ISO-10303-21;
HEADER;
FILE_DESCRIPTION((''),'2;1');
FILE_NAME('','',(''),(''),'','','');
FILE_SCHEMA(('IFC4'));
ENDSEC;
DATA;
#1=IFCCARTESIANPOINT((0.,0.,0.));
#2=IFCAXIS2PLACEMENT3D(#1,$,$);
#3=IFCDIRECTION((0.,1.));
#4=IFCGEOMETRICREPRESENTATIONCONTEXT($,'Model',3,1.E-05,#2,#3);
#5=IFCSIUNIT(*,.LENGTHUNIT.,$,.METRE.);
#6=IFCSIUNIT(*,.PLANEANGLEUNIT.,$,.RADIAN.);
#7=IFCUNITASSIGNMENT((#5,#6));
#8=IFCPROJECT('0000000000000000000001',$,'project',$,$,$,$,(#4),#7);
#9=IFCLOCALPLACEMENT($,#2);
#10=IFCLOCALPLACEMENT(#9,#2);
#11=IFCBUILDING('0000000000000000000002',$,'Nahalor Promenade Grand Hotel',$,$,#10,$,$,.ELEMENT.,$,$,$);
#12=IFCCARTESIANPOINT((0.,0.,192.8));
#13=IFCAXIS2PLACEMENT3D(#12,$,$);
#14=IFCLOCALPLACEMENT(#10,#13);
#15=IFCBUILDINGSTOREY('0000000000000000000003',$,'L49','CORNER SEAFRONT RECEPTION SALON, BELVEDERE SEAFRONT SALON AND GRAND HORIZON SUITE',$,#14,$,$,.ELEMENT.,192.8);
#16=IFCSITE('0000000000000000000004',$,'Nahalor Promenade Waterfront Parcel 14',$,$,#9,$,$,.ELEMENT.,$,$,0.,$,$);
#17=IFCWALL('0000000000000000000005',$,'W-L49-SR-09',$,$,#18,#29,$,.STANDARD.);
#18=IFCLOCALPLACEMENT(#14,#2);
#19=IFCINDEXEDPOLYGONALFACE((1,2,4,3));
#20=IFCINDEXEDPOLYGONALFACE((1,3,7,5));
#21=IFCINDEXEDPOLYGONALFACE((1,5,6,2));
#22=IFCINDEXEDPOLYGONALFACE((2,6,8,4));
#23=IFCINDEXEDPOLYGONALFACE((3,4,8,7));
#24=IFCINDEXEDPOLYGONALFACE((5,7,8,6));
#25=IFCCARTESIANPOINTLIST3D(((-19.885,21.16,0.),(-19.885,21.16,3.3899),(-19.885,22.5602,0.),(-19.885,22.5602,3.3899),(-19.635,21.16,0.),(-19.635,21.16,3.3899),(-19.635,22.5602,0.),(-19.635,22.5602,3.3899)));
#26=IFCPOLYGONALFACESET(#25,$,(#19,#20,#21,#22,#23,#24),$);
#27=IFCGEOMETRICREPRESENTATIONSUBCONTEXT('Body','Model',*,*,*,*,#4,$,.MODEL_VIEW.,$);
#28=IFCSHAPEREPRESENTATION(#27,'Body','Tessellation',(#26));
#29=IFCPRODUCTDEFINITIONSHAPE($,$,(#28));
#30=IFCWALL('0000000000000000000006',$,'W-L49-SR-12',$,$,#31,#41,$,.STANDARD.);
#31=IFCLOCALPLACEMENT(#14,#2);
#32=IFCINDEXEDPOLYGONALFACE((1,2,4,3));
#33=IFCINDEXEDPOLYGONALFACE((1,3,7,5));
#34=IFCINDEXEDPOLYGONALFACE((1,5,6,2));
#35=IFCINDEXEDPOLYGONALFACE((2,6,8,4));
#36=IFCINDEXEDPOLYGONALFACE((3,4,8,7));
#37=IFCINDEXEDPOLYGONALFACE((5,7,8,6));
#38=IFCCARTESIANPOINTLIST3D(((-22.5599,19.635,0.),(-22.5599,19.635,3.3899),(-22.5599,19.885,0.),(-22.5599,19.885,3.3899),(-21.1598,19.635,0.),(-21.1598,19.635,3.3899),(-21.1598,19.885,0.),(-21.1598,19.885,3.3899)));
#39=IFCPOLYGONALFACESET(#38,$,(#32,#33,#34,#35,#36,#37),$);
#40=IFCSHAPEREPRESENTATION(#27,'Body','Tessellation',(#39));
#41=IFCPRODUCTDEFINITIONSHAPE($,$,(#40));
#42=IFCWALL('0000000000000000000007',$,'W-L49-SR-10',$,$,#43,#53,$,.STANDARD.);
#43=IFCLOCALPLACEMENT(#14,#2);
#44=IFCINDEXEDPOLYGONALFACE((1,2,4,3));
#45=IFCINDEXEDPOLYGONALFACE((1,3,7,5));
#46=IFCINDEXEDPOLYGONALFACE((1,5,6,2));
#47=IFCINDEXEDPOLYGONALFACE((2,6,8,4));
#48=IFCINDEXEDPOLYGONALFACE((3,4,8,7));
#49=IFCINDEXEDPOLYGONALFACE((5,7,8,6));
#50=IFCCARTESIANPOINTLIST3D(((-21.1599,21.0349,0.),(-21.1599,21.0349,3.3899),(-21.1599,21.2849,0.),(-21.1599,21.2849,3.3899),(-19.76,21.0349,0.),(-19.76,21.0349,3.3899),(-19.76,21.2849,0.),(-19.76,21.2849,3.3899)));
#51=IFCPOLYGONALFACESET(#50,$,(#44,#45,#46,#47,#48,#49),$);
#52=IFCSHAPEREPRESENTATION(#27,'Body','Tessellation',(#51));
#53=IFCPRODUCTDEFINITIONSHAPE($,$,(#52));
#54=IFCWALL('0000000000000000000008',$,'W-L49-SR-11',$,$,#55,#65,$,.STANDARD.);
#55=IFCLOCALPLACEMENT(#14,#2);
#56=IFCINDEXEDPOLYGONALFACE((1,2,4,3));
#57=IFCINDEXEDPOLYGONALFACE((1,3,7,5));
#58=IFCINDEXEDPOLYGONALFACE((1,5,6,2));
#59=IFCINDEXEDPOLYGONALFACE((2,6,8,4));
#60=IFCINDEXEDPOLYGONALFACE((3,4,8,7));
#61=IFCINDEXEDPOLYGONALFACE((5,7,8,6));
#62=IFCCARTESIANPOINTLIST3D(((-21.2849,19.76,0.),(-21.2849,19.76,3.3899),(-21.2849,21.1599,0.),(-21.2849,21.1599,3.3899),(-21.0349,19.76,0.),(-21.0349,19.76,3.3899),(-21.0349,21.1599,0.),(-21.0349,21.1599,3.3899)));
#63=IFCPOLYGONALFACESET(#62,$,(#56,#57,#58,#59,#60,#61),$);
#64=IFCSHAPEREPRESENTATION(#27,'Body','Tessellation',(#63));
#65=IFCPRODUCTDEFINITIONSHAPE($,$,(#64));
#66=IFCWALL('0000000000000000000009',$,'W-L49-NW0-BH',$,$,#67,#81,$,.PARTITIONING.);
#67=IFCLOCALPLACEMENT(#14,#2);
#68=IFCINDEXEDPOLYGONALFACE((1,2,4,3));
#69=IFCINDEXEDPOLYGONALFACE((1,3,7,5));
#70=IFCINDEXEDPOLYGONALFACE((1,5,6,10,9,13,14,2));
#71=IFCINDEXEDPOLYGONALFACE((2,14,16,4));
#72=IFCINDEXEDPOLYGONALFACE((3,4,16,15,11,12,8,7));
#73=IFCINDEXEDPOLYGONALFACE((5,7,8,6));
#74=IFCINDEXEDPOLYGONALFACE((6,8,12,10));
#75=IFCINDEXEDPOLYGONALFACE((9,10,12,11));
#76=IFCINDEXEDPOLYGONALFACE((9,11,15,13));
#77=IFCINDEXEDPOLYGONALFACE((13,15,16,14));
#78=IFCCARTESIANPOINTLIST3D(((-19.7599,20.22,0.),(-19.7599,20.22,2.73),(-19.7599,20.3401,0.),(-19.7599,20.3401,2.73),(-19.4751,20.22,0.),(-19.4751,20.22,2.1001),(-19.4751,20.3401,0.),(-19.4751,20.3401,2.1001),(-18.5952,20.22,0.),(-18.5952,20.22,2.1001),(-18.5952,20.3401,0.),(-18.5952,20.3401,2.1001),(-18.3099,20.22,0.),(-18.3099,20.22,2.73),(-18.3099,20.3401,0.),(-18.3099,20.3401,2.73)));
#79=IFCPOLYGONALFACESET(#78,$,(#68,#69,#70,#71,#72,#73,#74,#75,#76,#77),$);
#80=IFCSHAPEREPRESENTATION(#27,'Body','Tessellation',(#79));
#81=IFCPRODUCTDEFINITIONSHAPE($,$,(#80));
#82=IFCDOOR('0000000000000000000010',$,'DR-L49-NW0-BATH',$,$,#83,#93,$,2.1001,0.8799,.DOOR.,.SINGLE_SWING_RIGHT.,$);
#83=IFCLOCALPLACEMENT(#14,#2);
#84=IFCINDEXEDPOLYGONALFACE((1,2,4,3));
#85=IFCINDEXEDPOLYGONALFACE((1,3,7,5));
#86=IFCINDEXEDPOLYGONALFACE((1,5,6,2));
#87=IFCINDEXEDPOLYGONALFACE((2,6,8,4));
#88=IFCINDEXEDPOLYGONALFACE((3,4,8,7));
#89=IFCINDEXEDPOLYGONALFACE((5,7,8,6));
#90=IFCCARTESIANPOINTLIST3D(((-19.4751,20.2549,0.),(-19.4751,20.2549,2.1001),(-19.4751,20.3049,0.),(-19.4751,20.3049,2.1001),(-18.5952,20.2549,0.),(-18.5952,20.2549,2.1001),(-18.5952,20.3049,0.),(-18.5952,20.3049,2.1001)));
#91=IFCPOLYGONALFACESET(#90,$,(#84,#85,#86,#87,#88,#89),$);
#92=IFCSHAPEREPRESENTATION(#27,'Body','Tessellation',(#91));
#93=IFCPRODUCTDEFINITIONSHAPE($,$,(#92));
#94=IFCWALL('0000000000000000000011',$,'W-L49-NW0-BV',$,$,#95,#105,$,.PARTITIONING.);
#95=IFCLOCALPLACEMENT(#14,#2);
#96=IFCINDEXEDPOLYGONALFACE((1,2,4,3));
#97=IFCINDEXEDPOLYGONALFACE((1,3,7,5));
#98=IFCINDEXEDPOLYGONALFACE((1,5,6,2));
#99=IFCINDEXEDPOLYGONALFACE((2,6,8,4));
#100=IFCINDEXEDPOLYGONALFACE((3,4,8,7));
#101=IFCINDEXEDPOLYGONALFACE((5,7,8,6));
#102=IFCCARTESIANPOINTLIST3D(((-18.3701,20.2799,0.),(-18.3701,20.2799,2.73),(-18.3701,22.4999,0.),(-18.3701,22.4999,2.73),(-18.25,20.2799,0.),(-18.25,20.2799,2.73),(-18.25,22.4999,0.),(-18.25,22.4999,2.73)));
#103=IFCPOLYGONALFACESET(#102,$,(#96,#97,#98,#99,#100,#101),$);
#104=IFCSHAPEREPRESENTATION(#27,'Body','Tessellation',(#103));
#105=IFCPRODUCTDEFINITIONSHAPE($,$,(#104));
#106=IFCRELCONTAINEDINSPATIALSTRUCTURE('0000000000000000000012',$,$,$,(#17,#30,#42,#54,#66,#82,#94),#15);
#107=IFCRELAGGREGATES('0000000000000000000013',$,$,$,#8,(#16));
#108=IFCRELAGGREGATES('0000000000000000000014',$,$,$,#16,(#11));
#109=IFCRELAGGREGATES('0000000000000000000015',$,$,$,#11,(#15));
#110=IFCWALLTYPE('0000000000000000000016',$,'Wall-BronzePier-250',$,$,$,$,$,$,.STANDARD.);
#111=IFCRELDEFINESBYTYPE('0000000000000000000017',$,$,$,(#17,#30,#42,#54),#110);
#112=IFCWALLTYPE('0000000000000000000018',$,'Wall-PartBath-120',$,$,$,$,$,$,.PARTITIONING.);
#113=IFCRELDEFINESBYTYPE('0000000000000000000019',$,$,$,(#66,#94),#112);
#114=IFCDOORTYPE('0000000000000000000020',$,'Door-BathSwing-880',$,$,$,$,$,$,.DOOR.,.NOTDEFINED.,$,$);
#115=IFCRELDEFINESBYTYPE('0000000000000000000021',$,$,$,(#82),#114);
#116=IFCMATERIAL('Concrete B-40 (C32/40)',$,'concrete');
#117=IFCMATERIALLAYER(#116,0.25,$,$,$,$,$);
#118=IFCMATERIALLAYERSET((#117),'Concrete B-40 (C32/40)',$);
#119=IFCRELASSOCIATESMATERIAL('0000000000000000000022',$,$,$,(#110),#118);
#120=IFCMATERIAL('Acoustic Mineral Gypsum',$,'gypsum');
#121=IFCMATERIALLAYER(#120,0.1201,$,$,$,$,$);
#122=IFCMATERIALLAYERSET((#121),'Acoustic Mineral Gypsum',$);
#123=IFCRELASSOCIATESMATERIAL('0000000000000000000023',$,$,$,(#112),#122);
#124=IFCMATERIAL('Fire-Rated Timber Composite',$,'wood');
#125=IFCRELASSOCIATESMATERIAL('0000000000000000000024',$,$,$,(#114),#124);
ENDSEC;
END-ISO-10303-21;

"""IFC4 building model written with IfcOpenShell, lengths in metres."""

from ifc_helpers import new_model, si_unit, direction, frame, frame_2d, origin, place, context, subcontext, project, spatial, rectangle, extrude, source, transform, mapped, material, layer, layer_set, type_object, element, fill, save


model = new_model("IFC4")

# Units and contexts
model_context = context("Model", 3, precision=1e-05, world=origin(), true_north=direction((0.0, 1.0)))
body_context = subcontext(model_context, "Body", "Model", "MODEL_VIEW")
ifc_project = project(units=[si_unit("LENGTHUNIT", "METRE"), si_unit("PLANEANGLEUNIT", "RADIAN")], contexts=[model_context])

# Site, building, storey
site_placement = place(None, origin())
site = spatial("IfcSite", under=ifc_project, at=site_placement, Name="Nahalor Promenade Waterfront Parcel 14", CompositionType="ELEMENT", RefElevation=0.0)
building_placement = place(site_placement, origin())
building = spatial("IfcBuilding", under=site, at=building_placement, Name="Nahalor Promenade Grand Hotel", CompositionType="ELEMENT")
storey_placement = place(building_placement, frame((0.0, 0.0, 192.8)))
storey = spatial("IfcBuildingStorey", under=building, at=storey_placement, Name="L49", Description="CORNER SEAFRONT RECEPTION SALON, BELVEDERE SEAFRONT SALON AND GRAND HORIZON SUITE", CompositionType="ELEMENT", Elevation=192.8)

# Walls
ifc_material_1 = material(Name="Concrete B-40 (C32/40)", Category="concrete")
ifc_layer_1 = layer(ifc_material_1, 0.25)
ifc_layer_set_1 = layer_set([ifc_layer_1], Name="Concrete B-40 (C32/40)")
wall_type_1 = type_object("IfcWallType", Name="Wall-BronzePier-250", PredefinedType="STANDARD", material=ifc_layer_set_1)
shared_shape_1 = source(origin(), body_context, "Body", "SweptSolid", [
    extrude(rectangle(XDim=1.4001, YDim=0.25, at=frame_2d((0.7002, 0.0))), origin(), (0.0, 0.0, 1.0), 3.3899),
])
for number, where, z_axis, x_axis, name in (
    (1, (-19.76, 21.1599, 0.0), (0.0, 0.0, 1.0), (0.0, 1.0, 0.0), "W-L49-SR-09"),
    (2, (-22.5601, 19.76, 0.0), (0.0, 0.0, 1.0), (1.0, 0.0, 0.0), "W-L49-SR-12"),
):
    element("IfcWall", number, at=place(storey_placement, frame(where, z_axis=z_axis, x_axis=x_axis)), inside=storey, type_object=wall_type_1, Name=name, PredefinedType="STANDARD", context=body_context, shape_type="MappedRepresentation", body=[
        mapped(shared_shape_1, transform((0.0, 0.0, 0.0), scale=1.0)),
    ])
shared_shape_2 = source(origin(), body_context, "Body", "SweptSolid", [
    extrude(rectangle(XDim=1.3999, YDim=0.25, at=frame_2d((0.7, 0.0))), origin(), (0.0, 0.0, 1.0), 3.3899),
])
for number, where, z_axis, x_axis, name in (
    (3, (-21.1599, 21.1599, 0.0), (0.0, 0.0, 1.0), (1.0, 0.0, 0.0), "W-L49-SR-10"),
    (4, (-21.1599, 19.76, 0.0), (0.0, 0.0, 1.0), (0.0, 1.0, 0.0), "W-L49-SR-11"),
):
    element("IfcWall", number, at=place(storey_placement, frame(where, z_axis=z_axis, x_axis=x_axis)), inside=storey, type_object=wall_type_1, Name=name, PredefinedType="STANDARD", context=body_context, shape_type="MappedRepresentation", body=[
        mapped(shared_shape_2, transform((0.0, 0.0, 0.0), scale=1.0)),
    ])

# Wall, opening, door
ifc_material_2 = material(Name="Acoustic Mineral Gypsum", Category="gypsum")
ifc_layer_2 = layer(ifc_material_2, 0.1201)
ifc_layer_set_2 = layer_set([ifc_layer_2], Name="Acoustic Mineral Gypsum")
wall_type_2 = type_object("IfcWallType", Name="Wall-PartBath-120", PredefinedType="PARTITIONING", material=ifc_layer_set_2)
shared_shape_3 = source(origin(), body_context, "Body", "SweptSolid", [
    extrude(rectangle(XDim=1.45, YDim=0.1201, at=frame_2d((0.7251, 0.0))), origin(), (0.0, 0.0, 1.0), 2.73),
])
wall_1_placement = place(storey_placement, frame((-19.76, 20.28, 0.0), z_axis=(0.0, 0.0, 1.0), x_axis=(1.0, 0.0, 0.0)))
wall_1 = element("IfcWall", 5, at=wall_1_placement, inside=storey, type_object=wall_type_2, Name="W-L49-NW0-BH", PredefinedType="PARTITIONING", context=body_context, shape_type="MappedRepresentation", body=[
    mapped(shared_shape_3, transform((0.0, 0.0, 0.0), scale=1.0)),
])
opening_placement = place(wall_1_placement, frame((0.2849, 0.0, 0.0)))
opening = element("IfcOpeningElement", 6, at=opening_placement, cuts=wall_1, PredefinedType="OPENING", context=body_context, shape_type="SweptSolid", body=[
    extrude(rectangle(XDim=0.8799, YDim=2.1001, at=frame_2d((0.4399, 1.05))), frame((0.0, 0.0701, 0.0), z_axis=(0.0, -1.0, 0.0), x_axis=(1.0, 0.0, 0.0)), (0.0, 0.0, 1.0), 0.1401),
])
ifc_material_3 = material(Name="Fire-Rated Timber Composite", Category="wood")
door_type = type_object("IfcDoorType", Name="Door-BathSwing-880", OperationType="NOTDEFINED", PredefinedType="DOOR", material=ifc_material_3)
shared_shape_4 = source(origin(), body_context, "Body", "SweptSolid", [
    extrude(rectangle(XDim=0.8799, YDim=2.1001, at=frame_2d((0.4399, 1.05))), frame((0.0, 0.0249, 0.0), z_axis=(0.0, -1.0, 0.0), x_axis=(1.0, 0.0, 0.0)), (0.0, 0.0, 1.0), 0.05),
])
door_placement = place(opening_placement, origin())
door = element("IfcDoor", 7, at=door_placement, inside=storey, type_object=door_type, Name="DR-L49-NW0-BATH", OperationType="SINGLE_SWING_RIGHT", OverallHeight=2.1001, OverallWidth=0.8799, PredefinedType="DOOR", context=body_context, shape_type="MappedRepresentation", body=[
    mapped(shared_shape_4, transform((0.0, 0.0, 0.0), scale=1.0)),
])
fill(opening, door)

# Wall
shared_shape_5 = source(origin(), body_context, "Body", "SweptSolid", [
    extrude(rectangle(XDim=2.22, YDim=0.1201, at=frame_2d((1.1099, 0.0))), origin(), (0.0, 0.0, 1.0), 2.73),
])
wall_2_placement = place(storey_placement, frame((-18.3101, 20.28, 0.0), z_axis=(0.0, 0.0, 1.0), x_axis=(0.0, 1.0, 0.0)))
element("IfcWall", 8, at=wall_2_placement, inside=storey, type_object=wall_type_2, Name="W-L49-NW0-BV", PredefinedType="PARTITIONING", context=body_context, shape_type="MappedRepresentation", body=[
    mapped(shared_shape_5, transform((0.0, 0.0, 0.0), scale=1.0)),
])

save(model, "model.ifc")
